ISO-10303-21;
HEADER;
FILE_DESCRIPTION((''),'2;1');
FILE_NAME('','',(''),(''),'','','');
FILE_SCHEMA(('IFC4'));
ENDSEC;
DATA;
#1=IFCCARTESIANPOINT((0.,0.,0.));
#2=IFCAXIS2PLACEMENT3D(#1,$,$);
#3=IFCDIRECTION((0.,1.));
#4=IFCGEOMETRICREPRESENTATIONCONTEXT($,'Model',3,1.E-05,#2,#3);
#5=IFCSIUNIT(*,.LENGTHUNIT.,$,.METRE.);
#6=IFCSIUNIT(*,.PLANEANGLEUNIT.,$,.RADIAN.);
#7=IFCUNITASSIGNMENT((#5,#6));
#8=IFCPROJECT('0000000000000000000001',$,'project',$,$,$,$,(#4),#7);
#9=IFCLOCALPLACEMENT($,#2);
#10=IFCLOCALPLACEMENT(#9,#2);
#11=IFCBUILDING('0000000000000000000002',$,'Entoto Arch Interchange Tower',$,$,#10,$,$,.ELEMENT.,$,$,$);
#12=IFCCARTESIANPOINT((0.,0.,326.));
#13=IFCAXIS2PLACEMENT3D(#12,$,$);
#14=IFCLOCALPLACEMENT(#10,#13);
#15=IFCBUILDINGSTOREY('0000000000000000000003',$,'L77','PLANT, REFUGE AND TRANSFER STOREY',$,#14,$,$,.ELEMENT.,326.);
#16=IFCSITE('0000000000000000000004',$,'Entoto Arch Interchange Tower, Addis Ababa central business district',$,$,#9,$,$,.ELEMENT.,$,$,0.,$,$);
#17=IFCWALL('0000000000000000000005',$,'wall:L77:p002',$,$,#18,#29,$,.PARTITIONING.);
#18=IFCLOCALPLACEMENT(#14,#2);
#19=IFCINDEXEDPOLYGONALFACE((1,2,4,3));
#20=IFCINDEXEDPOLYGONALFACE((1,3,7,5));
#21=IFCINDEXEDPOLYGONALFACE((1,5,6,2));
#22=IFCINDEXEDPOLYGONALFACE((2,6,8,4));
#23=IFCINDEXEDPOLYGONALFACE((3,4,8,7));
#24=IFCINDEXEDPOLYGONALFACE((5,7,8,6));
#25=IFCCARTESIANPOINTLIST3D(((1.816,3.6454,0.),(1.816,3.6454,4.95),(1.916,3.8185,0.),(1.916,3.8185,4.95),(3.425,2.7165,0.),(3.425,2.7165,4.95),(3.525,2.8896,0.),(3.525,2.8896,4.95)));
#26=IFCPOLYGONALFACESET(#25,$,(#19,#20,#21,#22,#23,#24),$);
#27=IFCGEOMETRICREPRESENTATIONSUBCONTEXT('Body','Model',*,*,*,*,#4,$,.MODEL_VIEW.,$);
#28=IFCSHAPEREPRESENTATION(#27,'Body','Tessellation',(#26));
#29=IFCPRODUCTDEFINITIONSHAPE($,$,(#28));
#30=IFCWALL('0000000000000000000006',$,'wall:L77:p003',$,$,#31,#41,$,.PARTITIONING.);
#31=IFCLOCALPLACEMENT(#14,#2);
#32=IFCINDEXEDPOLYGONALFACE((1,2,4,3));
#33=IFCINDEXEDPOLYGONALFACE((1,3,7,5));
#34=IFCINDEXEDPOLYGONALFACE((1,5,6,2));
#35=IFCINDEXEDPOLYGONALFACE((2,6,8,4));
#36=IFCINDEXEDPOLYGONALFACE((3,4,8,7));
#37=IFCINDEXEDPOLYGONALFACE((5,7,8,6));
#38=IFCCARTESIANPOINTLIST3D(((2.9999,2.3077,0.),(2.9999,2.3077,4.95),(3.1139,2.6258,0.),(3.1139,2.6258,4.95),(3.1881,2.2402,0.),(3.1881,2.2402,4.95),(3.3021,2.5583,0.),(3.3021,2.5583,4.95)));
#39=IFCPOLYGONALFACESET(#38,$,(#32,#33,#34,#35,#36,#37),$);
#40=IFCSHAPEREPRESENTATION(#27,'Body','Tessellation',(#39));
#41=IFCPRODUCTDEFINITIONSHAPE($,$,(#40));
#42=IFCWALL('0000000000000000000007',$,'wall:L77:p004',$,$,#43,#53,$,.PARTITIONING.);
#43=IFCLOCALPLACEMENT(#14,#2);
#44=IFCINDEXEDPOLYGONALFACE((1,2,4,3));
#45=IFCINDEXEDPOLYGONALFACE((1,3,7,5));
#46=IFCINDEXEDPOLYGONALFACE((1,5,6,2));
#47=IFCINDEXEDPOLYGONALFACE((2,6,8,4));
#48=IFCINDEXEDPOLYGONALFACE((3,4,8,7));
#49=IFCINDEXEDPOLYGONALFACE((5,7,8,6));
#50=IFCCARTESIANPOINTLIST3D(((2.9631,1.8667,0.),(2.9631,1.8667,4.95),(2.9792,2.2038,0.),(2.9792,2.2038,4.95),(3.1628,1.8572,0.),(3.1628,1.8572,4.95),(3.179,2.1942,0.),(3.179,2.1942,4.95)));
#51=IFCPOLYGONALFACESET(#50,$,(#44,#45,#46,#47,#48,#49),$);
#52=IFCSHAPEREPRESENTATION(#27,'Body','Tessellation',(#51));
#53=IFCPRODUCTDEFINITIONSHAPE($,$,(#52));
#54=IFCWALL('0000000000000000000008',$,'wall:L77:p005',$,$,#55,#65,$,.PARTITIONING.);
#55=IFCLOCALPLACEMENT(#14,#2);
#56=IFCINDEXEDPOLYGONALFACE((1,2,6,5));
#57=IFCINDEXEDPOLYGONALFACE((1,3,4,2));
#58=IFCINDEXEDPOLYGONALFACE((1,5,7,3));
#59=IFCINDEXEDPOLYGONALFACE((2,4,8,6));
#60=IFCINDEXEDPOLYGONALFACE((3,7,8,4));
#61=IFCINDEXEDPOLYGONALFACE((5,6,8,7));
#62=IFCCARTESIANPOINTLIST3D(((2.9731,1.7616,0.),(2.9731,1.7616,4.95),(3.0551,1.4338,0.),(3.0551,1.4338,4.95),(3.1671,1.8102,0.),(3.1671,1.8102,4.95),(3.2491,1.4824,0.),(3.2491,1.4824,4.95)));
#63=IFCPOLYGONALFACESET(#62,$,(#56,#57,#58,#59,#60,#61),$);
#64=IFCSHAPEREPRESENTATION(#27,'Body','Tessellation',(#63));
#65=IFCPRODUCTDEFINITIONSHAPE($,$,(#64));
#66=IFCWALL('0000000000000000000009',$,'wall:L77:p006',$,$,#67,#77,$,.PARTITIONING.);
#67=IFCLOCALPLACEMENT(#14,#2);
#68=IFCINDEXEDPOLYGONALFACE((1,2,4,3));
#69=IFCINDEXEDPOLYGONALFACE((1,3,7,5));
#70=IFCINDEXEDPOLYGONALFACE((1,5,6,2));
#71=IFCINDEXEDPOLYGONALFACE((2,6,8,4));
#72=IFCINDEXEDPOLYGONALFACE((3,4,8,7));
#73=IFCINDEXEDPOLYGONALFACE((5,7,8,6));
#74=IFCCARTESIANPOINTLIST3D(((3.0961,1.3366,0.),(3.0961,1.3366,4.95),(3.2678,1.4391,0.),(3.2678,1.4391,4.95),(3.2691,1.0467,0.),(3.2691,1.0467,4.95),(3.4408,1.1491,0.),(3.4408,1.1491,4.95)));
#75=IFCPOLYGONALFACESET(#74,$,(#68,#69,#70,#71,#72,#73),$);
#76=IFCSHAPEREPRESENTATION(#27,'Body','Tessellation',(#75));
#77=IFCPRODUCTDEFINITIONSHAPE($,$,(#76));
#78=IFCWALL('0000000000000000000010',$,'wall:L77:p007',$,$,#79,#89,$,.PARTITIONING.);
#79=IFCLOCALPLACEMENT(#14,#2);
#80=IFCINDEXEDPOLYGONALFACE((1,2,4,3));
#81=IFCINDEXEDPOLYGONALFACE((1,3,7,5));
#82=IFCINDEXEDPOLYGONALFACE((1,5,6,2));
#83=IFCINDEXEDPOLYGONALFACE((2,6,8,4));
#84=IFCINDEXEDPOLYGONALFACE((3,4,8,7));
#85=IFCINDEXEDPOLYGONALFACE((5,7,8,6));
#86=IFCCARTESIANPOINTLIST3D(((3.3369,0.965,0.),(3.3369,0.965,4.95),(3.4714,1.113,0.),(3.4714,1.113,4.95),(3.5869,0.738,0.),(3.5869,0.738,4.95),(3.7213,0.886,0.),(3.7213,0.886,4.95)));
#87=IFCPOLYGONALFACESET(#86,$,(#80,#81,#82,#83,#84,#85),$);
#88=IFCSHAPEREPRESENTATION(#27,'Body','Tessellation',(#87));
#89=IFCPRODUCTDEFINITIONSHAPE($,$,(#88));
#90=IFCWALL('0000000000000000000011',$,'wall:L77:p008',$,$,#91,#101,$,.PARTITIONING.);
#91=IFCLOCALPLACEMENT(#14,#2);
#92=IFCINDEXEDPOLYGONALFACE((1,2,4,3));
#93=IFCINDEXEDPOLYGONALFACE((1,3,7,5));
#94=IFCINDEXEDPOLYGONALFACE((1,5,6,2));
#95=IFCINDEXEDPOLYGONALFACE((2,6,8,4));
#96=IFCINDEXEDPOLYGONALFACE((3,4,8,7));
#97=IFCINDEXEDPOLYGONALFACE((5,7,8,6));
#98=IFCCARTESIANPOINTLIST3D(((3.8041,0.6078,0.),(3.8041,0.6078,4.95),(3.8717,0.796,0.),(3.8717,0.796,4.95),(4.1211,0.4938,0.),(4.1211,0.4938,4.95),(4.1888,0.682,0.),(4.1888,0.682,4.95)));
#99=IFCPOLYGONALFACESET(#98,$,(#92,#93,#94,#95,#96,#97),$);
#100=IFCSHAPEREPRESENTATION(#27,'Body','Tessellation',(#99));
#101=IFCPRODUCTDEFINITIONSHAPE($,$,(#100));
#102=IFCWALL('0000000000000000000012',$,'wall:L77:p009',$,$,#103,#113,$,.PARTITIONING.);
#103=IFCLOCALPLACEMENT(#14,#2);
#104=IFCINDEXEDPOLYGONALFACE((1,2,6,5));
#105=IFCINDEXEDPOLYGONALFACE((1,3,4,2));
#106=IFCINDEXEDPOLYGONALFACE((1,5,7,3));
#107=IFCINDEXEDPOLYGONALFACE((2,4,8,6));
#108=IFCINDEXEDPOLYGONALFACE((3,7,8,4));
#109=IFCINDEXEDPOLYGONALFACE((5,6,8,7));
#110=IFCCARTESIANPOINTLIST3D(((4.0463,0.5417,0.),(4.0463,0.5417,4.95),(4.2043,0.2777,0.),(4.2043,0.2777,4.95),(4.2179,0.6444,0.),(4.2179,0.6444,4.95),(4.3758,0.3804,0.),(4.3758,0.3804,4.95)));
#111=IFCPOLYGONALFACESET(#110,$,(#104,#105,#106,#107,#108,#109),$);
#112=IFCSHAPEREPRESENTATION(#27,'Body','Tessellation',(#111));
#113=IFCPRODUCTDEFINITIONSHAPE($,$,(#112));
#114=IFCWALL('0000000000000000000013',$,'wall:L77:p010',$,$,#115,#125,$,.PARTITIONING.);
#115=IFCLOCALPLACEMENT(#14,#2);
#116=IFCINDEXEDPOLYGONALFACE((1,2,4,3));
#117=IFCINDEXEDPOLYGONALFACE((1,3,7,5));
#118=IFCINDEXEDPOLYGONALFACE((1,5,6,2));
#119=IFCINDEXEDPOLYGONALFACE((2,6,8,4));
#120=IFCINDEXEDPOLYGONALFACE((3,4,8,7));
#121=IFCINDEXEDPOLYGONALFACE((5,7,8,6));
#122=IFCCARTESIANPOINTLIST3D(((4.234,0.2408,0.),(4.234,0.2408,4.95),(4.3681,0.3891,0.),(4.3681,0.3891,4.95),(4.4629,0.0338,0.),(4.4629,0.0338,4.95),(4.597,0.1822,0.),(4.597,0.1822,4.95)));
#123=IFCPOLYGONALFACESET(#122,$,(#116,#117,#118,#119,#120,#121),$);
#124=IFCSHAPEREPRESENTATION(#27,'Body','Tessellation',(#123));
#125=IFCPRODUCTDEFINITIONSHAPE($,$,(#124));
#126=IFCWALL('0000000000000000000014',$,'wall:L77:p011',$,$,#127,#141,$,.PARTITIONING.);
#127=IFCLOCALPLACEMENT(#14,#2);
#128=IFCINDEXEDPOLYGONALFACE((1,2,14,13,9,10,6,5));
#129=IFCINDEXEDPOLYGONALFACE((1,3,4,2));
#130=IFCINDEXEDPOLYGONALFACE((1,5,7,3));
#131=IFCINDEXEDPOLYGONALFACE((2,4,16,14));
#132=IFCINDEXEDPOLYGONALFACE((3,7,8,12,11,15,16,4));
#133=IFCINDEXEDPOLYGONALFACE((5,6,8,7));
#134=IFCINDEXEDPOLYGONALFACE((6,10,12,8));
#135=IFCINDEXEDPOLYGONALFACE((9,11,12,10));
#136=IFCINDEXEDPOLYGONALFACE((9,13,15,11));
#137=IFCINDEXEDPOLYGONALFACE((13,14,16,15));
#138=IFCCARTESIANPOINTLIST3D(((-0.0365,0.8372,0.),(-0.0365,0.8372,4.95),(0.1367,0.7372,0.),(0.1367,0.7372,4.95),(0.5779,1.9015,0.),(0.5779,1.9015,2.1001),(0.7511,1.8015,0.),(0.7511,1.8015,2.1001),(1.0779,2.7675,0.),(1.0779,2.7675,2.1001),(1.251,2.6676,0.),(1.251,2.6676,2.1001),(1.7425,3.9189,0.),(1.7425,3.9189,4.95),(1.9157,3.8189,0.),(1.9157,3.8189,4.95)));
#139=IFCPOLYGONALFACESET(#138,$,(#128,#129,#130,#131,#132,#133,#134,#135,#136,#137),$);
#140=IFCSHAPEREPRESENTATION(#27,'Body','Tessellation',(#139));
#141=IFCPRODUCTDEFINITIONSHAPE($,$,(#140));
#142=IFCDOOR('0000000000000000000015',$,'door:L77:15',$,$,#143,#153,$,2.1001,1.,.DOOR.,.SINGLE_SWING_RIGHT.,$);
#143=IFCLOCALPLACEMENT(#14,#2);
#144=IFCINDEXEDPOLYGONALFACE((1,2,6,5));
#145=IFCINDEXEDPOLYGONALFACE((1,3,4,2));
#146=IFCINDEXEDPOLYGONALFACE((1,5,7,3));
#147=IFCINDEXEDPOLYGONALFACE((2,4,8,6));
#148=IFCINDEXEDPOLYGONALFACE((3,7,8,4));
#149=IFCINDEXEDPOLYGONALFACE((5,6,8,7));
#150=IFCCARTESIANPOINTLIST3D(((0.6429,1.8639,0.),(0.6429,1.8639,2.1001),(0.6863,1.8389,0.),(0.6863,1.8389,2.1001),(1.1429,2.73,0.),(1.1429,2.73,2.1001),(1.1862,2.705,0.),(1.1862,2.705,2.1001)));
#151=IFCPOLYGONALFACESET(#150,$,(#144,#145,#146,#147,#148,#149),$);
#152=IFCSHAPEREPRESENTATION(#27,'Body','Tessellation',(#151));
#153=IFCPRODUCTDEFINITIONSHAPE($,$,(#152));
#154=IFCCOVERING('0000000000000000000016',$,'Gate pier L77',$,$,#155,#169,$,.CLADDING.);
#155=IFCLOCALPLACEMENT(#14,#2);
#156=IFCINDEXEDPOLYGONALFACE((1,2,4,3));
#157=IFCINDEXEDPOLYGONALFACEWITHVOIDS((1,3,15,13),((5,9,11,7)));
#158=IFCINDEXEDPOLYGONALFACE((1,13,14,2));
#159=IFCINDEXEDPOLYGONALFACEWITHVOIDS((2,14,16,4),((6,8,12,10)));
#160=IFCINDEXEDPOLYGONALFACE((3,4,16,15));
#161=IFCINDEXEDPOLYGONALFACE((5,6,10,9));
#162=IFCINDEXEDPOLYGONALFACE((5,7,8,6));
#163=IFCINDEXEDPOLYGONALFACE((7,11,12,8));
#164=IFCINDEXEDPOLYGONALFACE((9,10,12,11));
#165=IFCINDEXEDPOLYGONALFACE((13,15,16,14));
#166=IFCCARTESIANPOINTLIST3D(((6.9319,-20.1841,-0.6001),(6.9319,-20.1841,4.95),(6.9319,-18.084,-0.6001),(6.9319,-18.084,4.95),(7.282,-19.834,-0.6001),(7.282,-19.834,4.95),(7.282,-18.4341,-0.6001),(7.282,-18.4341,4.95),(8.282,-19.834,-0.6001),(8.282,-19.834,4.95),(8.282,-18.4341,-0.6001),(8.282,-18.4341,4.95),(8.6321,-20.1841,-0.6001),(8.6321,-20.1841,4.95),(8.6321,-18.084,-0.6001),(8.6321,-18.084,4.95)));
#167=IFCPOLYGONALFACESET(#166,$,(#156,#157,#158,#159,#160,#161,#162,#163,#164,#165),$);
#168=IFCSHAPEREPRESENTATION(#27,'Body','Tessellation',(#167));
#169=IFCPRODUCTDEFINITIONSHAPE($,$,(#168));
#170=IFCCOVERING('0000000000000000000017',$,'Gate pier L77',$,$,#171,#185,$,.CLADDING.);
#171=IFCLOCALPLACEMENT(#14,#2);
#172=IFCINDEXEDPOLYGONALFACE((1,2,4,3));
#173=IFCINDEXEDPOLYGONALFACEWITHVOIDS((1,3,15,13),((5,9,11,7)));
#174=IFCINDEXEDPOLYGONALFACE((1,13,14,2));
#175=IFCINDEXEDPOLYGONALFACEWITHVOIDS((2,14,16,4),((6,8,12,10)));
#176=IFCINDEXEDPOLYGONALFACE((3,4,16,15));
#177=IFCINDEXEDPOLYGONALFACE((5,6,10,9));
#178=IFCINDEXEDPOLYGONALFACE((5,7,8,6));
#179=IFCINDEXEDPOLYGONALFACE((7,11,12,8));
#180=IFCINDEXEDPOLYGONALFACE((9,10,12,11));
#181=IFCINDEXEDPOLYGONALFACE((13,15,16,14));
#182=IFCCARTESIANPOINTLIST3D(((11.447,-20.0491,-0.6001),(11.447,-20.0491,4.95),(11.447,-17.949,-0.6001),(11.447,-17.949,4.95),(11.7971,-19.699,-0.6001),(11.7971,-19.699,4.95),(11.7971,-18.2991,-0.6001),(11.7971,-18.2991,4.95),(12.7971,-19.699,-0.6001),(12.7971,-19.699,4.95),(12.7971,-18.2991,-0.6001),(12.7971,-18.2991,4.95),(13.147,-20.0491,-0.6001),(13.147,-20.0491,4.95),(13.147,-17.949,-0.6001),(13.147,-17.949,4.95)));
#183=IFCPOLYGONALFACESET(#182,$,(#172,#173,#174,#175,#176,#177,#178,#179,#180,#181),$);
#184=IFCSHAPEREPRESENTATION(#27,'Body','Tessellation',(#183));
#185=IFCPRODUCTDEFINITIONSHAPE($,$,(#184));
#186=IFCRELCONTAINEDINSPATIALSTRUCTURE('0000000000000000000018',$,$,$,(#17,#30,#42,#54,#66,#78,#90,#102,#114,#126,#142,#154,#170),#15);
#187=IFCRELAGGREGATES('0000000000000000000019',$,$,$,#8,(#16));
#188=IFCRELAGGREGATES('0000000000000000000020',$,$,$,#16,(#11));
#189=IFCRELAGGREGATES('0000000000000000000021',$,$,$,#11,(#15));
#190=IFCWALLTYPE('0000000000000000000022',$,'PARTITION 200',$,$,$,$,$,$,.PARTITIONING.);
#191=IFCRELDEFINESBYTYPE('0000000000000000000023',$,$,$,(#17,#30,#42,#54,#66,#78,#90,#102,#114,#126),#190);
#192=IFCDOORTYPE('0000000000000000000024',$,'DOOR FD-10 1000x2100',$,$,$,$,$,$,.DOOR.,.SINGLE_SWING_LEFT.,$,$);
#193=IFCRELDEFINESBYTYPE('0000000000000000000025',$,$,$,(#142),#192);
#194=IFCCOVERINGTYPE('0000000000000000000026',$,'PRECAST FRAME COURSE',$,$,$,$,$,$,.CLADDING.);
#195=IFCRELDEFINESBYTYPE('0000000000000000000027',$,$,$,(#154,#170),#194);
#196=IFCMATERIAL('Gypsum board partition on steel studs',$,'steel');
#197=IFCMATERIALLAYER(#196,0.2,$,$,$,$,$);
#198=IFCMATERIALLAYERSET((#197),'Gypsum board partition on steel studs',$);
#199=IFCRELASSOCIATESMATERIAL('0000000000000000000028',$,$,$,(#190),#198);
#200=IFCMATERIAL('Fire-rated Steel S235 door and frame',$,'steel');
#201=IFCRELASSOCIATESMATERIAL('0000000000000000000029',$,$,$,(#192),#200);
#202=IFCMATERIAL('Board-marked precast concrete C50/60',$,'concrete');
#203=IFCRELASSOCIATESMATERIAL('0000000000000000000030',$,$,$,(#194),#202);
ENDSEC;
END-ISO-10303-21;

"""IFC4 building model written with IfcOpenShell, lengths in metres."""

from ifc_helpers import new_model, si_unit, direction, frame, frame_2d, origin, place, context, subcontext, project, spatial, polyline, rectangle, outline, extrude, material, layer, layer_set, type_object, element, fill, save


model = new_model("IFC4")

# Units and contexts
model_context = context("Model", 3, precision=1e-05, world=origin(), true_north=direction((0.0, 1.0)))
body_context = subcontext(model_context, "Body", "Model", "MODEL_VIEW")
ifc_project = project(units=[si_unit("LENGTHUNIT", "METRE"), si_unit("PLANEANGLEUNIT", "RADIAN")], contexts=[model_context])

# Site, building, storey
site_placement = place(None, origin())
site = spatial("IfcSite", under=ifc_project, at=site_placement, Name="Entoto Arch Interchange Tower, Addis Ababa central business district", CompositionType="ELEMENT", RefElevation=0.0)
building_placement = place(site_placement, origin())
building = spatial("IfcBuilding", under=site, at=building_placement, Name="Entoto Arch Interchange Tower", CompositionType="ELEMENT")
storey_placement = place(building_placement, frame((0.0, 0.0, 326.0)))
storey = spatial("IfcBuildingStorey", under=building, at=storey_placement, Name="L77", Description="PLANT, REFUGE AND TRANSFER STOREY", CompositionType="ELEMENT", Elevation=326.0)

# Walls
ifc_material_1 = material(Name="Gypsum board partition on steel studs", Category="steel")
ifc_layer_1 = layer(ifc_material_1, 0.2)
ifc_layer_set_1 = layer_set([ifc_layer_1], Name="Gypsum board partition on steel studs")
wall_type = type_object("IfcWallType", Name="PARTITION 200", PredefinedType="PARTITIONING", material=ifc_layer_set_1)
wall_1_placement = place(storey_placement, frame((1.866, 3.7319, 0.0), z_axis=(0.0, 0.0, 1.0), x_axis=(0.866043, -0.499969, 0.0)))
element("IfcWall", 1, at=wall_1_placement, inside=storey, type_object=wall_type, Name="wall:L77:p002", PredefinedType="PARTITIONING", context=body_context, shape_type="SweptSolid", body=[
    extrude(rectangle(XDim=1.8579, YDim=0.2, at=frame_2d((0.929, 0.0))), origin(), (0.0, 0.0, 1.0), 4.95),
])
wall_2_placement = place(storey_placement, frame((3.208, 2.592, 0.0), z_axis=(0.0, 0.0, 1.0), x_axis=(-0.337389, -0.941365, 0.0)))
element("IfcWall", 2, at=wall_2_placement, inside=storey, type_object=wall_type, Name="wall:L77:p003", PredefinedType="PARTITIONING", context=body_context, shape_type="SweptSolid", body=[
    extrude(rectangle(XDim=0.3379, YDim=0.2, at=frame_2d((0.1689, 0.0))), origin(), (0.0, 0.0, 1.0), 4.95),
])
wall_3_placement = place(storey_placement, frame((3.0791, 2.199, 0.0), z_axis=(0.0, 0.0, 1.0), x_axis=(-0.047771, -0.998858, 0.0)))
element("IfcWall", 3, at=wall_3_placement, inside=storey, type_object=wall_type, Name="wall:L77:p004", PredefinedType="PARTITIONING", context=body_context, shape_type="SweptSolid", body=[
    extrude(rectangle(XDim=0.3374, YDim=0.2, at=frame_2d((0.1687, 0.0))), origin(), (0.0, 0.0, 1.0), 4.95),
])
wall_4_placement = place(storey_placement, frame((3.0701, 1.7859, 0.0), z_axis=(0.0, 0.0, 1.0), x_axis=(0.242706, -0.9701, 0.0)))
element("IfcWall", 4, at=wall_4_placement, inside=storey, type_object=wall_type, Name="wall:L77:p005", PredefinedType="PARTITIONING", context=body_context, shape_type="SweptSolid", body=[
    extrude(rectangle(XDim=0.3379, YDim=0.2, at=frame_2d((0.1689, 0.0))), origin(), (0.0, 0.0, 1.0), 4.95),
])
for number, where, z_axis, x_axis, name in (
    (5, (3.1819, 1.3879, 0.0), (0.0, 0.0, 1.0), (0.512475, -0.858702, 0.0), "wall:L77:p006"),
    (6, (3.4041, 1.0391, 0.0), (0.0, 0.0, 1.0), (0.740267, -0.672313, 0.0), "wall:L77:p007"),
):
    element("IfcWall", number, at=place(storey_placement, frame(where, z_axis=z_axis, x_axis=x_axis)), inside=storey, type_object=wall_type, Name=name, PredefinedType="PARTITIONING", context=body_context, shape_type="SweptSolid", body=[
        extrude(rectangle(XDim=0.3376, YDim=0.2, at=frame_2d((0.1689, 0.0))), origin(), (0.0, 0.0, 1.0), 4.95),
    ])
wall_5_placement = place(storey_placement, frame((3.8379, 0.7019, 0.0), z_axis=(0.0, 0.0, 1.0), x_axis=(0.941035, -0.338309, 0.0)))
element("IfcWall", 7, at=wall_5_placement, inside=storey, type_object=wall_type, Name="wall:L77:p008", PredefinedType="PARTITIONING", context=body_context, shape_type="SweptSolid", body=[
    extrude(rectangle(XDim=0.3369, YDim=0.2, at=frame_2d((0.1685, 0.0))), origin(), (0.0, 0.0, 1.0), 4.95),
])
wall_6_placement = place(storey_placement, frame((4.1321, 0.593, 0.0), z_axis=(0.0, 0.0, 1.0), x_axis=(0.513562, -0.858053, 0.0)))
element("IfcWall", 8, at=wall_6_placement, inside=storey, type_object=wall_type, Name="wall:L77:p009", PredefinedType="PARTITIONING", context=body_context, shape_type="SweptSolid", body=[
    extrude(rectangle(XDim=0.3076, YDim=0.2, at=frame_2d((0.1538, 0.0))), origin(), (0.0, 0.0, 1.0), 4.95),
])
wall_7_placement = place(storey_placement, frame((4.301, 0.3149, 0.0), z_axis=(0.0, 0.0, 1.0), x_axis=(0.741798, -0.670623, 0.0)))
element("IfcWall", 9, at=wall_7_placement, inside=storey, type_object=wall_type, Name="wall:L77:p010", PredefinedType="PARTITIONING", context=body_context, shape_type="SweptSolid", body=[
    extrude(rectangle(XDim=0.3086, YDim=0.2, at=frame_2d((0.1543, 0.0))), origin(), (0.0, 0.0, 1.0), 4.95),
])

# Wall, opening, door
wall_8_placement = place(storey_placement, frame((0.05, 0.7871, 0.0), z_axis=(0.0, 0.0, 1.0), x_axis=(0.499954, 0.866052, 0.0)))
wall_8 = element("IfcWall", 10, at=wall_8_placement, inside=storey, type_object=wall_type, Name="wall:L77:p011", PredefinedType="PARTITIONING", context=body_context, shape_type="SweptSolid", body=[
    extrude(rectangle(XDim=3.5583, YDim=0.2, at=frame_2d((1.7793, 0.0))), origin(), (0.0, 0.0, 1.0), 4.95),
])
opening_placement = place(wall_8_placement, frame((1.229, 0.0, 0.0)))
opening = element("IfcOpeningElement", 11, at=opening_placement, cuts=wall_8, PredefinedType="OPENING", context=body_context, shape_type="SweptSolid", body=[
    extrude(rectangle(XDim=1.0, YDim=2.1001, at=frame_2d((0.5, 1.05))), frame((0.0, 0.1099, 0.0), z_axis=(0.0, -1.0, 0.0), x_axis=(1.0, 0.0, 0.0)), (0.0, 0.0, 1.0), 0.22),
])
ifc_material_2 = material(Name="Fire-rated Steel S235 door and frame", Category="steel")
door_type = type_object("IfcDoorType", Name="DOOR FD-10 1000x2100", OperationType="SINGLE_SWING_LEFT", PredefinedType="DOOR", material=ifc_material_2)
door_placement = place(opening_placement, origin())
door = element("IfcDoor", 12, at=door_placement, inside=storey, type_object=door_type, Name="door:L77:15", OperationType="SINGLE_SWING_RIGHT", OverallHeight=2.1001, OverallWidth=1.0, PredefinedType="DOOR", context=body_context, shape_type="SweptSolid", body=[
    extrude(rectangle(XDim=1.0, YDim=2.1001, at=frame_2d((0.5, 1.05))), frame((0.0, 0.0249, 0.0), z_axis=(0.0, -1.0, 0.0), x_axis=(1.0, 0.0, 0.0)), (0.0, 0.0, 1.0), 0.05),
])
fill(opening, door)

# Coverings
ifc_material_3 = material(Name="Board-marked precast concrete C50/60", Category="concrete")
covering_type = type_object("IfcCoveringType", Name="PRECAST FRAME COURSE", PredefinedType="CLADDING", material=ifc_material_3)
covering_1_placement = place(storey_placement, frame((0.0, 0.0, -0.6001)))
element("IfcCovering", 13, at=covering_1_placement, inside=storey, type_object=covering_type, Name="Gate pier L77", PredefinedType="CLADDING", context=body_context, shape_type="SweptSolid", body=[
    extrude(outline(polyline([(6.9319, -18.084), (8.6321, -18.084), (8.6321, -20.1841), (6.9319, -20.1841), (6.9319, -18.084)]), holes=[polyline([(7.282, -18.4341), (7.282, -19.834), (8.282, -19.834), (8.282, -18.4341), (7.282, -18.4341)])]), origin(), (0.0, 0.0, 1.0), 5.55),
])
covering_2_placement = place(storey_placement, frame((0.0, 0.0, -0.6001)))
element("IfcCovering", 14, at=covering_2_placement, inside=storey, type_object=covering_type, Name="Gate pier L77", PredefinedType="CLADDING", context=body_context, shape_type="SweptSolid", body=[
    extrude(outline(polyline([(11.447, -17.949), (13.147, -17.949), (13.147, -20.0491), (11.447, -20.0491), (11.447, -17.949)]), holes=[polyline([(11.7971, -18.2991), (11.7971, -19.699), (12.7971, -19.699), (12.7971, -18.2991), (11.7971, -18.2991)])]), origin(), (0.0, 0.0, 1.0), 5.55),
])

save(model, "model.ifc")
